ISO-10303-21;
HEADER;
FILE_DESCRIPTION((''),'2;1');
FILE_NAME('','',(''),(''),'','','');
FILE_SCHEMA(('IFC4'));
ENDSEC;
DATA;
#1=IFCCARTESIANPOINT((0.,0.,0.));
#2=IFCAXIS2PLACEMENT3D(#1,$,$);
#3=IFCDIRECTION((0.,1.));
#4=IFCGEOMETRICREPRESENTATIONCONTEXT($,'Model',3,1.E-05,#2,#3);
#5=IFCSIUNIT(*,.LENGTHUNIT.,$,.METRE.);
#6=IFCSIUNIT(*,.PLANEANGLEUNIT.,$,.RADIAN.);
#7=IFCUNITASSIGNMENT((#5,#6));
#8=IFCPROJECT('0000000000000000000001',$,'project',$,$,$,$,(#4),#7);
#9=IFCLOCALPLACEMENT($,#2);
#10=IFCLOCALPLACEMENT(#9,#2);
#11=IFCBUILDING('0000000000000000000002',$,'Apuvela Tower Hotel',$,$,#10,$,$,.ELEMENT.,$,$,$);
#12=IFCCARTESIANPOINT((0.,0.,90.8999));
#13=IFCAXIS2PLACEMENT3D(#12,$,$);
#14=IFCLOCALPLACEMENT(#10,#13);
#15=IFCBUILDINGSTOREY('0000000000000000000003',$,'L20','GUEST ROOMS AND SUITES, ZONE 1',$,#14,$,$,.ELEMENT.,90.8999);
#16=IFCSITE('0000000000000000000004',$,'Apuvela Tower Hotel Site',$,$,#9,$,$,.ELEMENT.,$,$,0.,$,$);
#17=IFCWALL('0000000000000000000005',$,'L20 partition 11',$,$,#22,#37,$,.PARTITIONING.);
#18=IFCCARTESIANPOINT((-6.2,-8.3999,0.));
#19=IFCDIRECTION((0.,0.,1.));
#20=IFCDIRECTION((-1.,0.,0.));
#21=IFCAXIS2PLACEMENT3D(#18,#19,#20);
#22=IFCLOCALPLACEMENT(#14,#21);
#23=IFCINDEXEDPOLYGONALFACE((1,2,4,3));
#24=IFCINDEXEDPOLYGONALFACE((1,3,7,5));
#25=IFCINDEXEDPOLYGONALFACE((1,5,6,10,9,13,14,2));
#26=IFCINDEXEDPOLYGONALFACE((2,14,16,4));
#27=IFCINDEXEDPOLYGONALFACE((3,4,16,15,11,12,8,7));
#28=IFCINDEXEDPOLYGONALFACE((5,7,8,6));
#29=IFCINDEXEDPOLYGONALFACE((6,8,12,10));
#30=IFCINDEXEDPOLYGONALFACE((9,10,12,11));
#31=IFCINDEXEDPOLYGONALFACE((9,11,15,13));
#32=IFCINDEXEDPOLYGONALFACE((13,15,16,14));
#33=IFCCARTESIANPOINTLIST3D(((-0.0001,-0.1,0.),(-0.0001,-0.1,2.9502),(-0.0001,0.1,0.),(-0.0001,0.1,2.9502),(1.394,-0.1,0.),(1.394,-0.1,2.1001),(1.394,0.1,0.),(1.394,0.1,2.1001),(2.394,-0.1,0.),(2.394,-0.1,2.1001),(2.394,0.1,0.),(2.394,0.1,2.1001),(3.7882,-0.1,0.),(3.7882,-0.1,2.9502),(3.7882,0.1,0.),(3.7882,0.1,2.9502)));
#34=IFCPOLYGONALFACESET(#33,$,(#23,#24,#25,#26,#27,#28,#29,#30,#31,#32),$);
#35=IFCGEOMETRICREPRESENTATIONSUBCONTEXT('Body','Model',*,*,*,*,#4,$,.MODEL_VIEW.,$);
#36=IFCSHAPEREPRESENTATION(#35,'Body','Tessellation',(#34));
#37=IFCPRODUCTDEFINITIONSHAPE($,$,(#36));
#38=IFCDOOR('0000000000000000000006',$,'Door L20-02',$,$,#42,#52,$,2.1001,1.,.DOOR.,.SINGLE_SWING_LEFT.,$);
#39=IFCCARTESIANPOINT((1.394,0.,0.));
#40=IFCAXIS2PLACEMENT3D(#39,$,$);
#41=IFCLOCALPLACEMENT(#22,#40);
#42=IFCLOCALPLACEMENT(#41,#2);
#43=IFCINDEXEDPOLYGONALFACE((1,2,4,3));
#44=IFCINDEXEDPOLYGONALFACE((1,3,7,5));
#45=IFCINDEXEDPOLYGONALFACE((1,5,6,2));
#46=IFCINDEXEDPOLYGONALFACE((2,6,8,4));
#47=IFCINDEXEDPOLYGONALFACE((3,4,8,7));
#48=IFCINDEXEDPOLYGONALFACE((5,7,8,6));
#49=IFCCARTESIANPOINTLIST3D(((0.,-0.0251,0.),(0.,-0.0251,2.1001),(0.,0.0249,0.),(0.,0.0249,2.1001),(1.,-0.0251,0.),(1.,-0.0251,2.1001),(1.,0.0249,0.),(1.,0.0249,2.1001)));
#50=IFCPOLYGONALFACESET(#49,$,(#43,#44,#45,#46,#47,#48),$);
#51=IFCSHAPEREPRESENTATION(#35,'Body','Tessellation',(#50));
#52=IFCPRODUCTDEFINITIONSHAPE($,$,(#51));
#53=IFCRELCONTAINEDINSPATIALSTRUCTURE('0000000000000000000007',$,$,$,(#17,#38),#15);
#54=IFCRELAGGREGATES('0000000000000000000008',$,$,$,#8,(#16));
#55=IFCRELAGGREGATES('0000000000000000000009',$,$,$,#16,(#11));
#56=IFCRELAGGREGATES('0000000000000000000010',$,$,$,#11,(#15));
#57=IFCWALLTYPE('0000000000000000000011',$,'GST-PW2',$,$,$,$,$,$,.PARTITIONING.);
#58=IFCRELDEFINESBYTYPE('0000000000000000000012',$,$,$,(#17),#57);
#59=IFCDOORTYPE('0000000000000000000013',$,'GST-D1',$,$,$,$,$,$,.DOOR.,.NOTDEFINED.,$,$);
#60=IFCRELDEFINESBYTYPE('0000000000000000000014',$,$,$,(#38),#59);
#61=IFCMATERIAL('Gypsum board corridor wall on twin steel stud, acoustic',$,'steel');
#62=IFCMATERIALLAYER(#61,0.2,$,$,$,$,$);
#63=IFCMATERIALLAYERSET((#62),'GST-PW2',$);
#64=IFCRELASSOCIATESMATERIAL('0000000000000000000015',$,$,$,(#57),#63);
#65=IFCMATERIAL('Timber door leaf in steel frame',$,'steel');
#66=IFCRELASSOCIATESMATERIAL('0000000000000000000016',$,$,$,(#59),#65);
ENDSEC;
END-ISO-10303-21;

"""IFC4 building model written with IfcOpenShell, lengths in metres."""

from ifc_helpers import new_model, si_unit, direction, frame, frame_2d, origin, place, context, subcontext, project, spatial, rectangle, extrude, material, layer, layer_set, type_object, element, fill, save


model = new_model("IFC4")

# Units and contexts
model_context = context("Model", 3, precision=1e-05, world=origin(), true_north=direction((0.0, 1.0)))
body_context = subcontext(model_context, "Body", "Model", "MODEL_VIEW")
ifc_project = project(units=[si_unit("LENGTHUNIT", "METRE"), si_unit("PLANEANGLEUNIT", "RADIAN")], contexts=[model_context])

# Site, building, storey
site_placement = place(None, origin())
site = spatial("IfcSite", under=ifc_project, at=site_placement, Name="Apuvela Tower Hotel Site", CompositionType="ELEMENT", RefElevation=0.0)
building_placement = place(site_placement, origin())
building = spatial("IfcBuilding", under=site, at=building_placement, Name="Apuvela Tower Hotel", CompositionType="ELEMENT")
storey_placement = place(building_placement, frame((0.0, 0.0, 90.8999)))
storey = spatial("IfcBuildingStorey", under=building, at=storey_placement, Name="L20", Description="GUEST ROOMS AND SUITES, ZONE 1", CompositionType="ELEMENT", Elevation=90.8999)

# Wall, opening, door
ifc_material_1 = material(Name="Gypsum board corridor wall on twin steel stud, acoustic", Category="steel")
ifc_layer_1 = layer(ifc_material_1, 0.2)
ifc_layer_set_1 = layer_set([ifc_layer_1], Name="GST-PW2")
wall_type_1 = type_object("IfcWallType", Name="GST-PW2", PredefinedType="PARTITIONING", material=ifc_layer_set_1)
wall_1_placement = place(storey_placement, frame((-6.2, -8.3999, 0.0), z_axis=(0.0, 0.0, 1.0), x_axis=(-1.0, 0.0, 0.0)))
wall_1 = element("IfcWall", 1, at=wall_1_placement, inside=storey, type_object=wall_type_1, Name="L20 partition 11", PredefinedType="PARTITIONING", context=body_context, shape_type="SweptSolid", body=[
    extrude(rectangle(XDim=3.7883, YDim=0.2, at=frame_2d((1.894, 0.0))), origin(), (0.0, 0.0, 1.0), 2.9502),
])
opening_1_placement = place(wall_1_placement, frame((1.394, 0.0, 0.0)))
opening_1 = element("IfcOpeningElement", 2, at=opening_1_placement, cuts=wall_1, PredefinedType="OPENING", context=body_context, shape_type="SweptSolid", body=[
    extrude(rectangle(XDim=1.0, YDim=2.1001, at=frame_2d((0.5, 1.05))), frame((0.0, 0.1099, 0.0), z_axis=(0.0, -1.0, 0.0), x_axis=(1.0, 0.0, 0.0)), (0.0, 0.0, 1.0), 0.22),
])
ifc_material_2 = material(Name="Timber door leaf in steel frame", Category="steel")
door_type_1 = type_object("IfcDoorType", Name="GST-D1", OperationType="NOTDEFINED", PredefinedType="DOOR", material=ifc_material_2)
door_1_placement = place(opening_1_placement, origin())
door_1 = element("IfcDoor", 3, at=door_1_placement, inside=storey, type_object=door_type_1, Name="Door L20-02", OperationType="SINGLE_SWING_LEFT", OverallHeight=2.1001, OverallWidth=1.0, PredefinedType="DOOR", context=body_context, shape_type="SweptSolid", body=[
    extrude(rectangle(XDim=1.0, YDim=2.1001, at=frame_2d((0.5, 1.05))), frame((0.0, 0.0249, 0.0), z_axis=(0.0, -1.0, 0.0), x_axis=(1.0, 0.0, 0.0)), (0.0, 0.0, 1.0), 0.05),
])
fill(opening_1, door_1)

save(model, "model.ifc")
